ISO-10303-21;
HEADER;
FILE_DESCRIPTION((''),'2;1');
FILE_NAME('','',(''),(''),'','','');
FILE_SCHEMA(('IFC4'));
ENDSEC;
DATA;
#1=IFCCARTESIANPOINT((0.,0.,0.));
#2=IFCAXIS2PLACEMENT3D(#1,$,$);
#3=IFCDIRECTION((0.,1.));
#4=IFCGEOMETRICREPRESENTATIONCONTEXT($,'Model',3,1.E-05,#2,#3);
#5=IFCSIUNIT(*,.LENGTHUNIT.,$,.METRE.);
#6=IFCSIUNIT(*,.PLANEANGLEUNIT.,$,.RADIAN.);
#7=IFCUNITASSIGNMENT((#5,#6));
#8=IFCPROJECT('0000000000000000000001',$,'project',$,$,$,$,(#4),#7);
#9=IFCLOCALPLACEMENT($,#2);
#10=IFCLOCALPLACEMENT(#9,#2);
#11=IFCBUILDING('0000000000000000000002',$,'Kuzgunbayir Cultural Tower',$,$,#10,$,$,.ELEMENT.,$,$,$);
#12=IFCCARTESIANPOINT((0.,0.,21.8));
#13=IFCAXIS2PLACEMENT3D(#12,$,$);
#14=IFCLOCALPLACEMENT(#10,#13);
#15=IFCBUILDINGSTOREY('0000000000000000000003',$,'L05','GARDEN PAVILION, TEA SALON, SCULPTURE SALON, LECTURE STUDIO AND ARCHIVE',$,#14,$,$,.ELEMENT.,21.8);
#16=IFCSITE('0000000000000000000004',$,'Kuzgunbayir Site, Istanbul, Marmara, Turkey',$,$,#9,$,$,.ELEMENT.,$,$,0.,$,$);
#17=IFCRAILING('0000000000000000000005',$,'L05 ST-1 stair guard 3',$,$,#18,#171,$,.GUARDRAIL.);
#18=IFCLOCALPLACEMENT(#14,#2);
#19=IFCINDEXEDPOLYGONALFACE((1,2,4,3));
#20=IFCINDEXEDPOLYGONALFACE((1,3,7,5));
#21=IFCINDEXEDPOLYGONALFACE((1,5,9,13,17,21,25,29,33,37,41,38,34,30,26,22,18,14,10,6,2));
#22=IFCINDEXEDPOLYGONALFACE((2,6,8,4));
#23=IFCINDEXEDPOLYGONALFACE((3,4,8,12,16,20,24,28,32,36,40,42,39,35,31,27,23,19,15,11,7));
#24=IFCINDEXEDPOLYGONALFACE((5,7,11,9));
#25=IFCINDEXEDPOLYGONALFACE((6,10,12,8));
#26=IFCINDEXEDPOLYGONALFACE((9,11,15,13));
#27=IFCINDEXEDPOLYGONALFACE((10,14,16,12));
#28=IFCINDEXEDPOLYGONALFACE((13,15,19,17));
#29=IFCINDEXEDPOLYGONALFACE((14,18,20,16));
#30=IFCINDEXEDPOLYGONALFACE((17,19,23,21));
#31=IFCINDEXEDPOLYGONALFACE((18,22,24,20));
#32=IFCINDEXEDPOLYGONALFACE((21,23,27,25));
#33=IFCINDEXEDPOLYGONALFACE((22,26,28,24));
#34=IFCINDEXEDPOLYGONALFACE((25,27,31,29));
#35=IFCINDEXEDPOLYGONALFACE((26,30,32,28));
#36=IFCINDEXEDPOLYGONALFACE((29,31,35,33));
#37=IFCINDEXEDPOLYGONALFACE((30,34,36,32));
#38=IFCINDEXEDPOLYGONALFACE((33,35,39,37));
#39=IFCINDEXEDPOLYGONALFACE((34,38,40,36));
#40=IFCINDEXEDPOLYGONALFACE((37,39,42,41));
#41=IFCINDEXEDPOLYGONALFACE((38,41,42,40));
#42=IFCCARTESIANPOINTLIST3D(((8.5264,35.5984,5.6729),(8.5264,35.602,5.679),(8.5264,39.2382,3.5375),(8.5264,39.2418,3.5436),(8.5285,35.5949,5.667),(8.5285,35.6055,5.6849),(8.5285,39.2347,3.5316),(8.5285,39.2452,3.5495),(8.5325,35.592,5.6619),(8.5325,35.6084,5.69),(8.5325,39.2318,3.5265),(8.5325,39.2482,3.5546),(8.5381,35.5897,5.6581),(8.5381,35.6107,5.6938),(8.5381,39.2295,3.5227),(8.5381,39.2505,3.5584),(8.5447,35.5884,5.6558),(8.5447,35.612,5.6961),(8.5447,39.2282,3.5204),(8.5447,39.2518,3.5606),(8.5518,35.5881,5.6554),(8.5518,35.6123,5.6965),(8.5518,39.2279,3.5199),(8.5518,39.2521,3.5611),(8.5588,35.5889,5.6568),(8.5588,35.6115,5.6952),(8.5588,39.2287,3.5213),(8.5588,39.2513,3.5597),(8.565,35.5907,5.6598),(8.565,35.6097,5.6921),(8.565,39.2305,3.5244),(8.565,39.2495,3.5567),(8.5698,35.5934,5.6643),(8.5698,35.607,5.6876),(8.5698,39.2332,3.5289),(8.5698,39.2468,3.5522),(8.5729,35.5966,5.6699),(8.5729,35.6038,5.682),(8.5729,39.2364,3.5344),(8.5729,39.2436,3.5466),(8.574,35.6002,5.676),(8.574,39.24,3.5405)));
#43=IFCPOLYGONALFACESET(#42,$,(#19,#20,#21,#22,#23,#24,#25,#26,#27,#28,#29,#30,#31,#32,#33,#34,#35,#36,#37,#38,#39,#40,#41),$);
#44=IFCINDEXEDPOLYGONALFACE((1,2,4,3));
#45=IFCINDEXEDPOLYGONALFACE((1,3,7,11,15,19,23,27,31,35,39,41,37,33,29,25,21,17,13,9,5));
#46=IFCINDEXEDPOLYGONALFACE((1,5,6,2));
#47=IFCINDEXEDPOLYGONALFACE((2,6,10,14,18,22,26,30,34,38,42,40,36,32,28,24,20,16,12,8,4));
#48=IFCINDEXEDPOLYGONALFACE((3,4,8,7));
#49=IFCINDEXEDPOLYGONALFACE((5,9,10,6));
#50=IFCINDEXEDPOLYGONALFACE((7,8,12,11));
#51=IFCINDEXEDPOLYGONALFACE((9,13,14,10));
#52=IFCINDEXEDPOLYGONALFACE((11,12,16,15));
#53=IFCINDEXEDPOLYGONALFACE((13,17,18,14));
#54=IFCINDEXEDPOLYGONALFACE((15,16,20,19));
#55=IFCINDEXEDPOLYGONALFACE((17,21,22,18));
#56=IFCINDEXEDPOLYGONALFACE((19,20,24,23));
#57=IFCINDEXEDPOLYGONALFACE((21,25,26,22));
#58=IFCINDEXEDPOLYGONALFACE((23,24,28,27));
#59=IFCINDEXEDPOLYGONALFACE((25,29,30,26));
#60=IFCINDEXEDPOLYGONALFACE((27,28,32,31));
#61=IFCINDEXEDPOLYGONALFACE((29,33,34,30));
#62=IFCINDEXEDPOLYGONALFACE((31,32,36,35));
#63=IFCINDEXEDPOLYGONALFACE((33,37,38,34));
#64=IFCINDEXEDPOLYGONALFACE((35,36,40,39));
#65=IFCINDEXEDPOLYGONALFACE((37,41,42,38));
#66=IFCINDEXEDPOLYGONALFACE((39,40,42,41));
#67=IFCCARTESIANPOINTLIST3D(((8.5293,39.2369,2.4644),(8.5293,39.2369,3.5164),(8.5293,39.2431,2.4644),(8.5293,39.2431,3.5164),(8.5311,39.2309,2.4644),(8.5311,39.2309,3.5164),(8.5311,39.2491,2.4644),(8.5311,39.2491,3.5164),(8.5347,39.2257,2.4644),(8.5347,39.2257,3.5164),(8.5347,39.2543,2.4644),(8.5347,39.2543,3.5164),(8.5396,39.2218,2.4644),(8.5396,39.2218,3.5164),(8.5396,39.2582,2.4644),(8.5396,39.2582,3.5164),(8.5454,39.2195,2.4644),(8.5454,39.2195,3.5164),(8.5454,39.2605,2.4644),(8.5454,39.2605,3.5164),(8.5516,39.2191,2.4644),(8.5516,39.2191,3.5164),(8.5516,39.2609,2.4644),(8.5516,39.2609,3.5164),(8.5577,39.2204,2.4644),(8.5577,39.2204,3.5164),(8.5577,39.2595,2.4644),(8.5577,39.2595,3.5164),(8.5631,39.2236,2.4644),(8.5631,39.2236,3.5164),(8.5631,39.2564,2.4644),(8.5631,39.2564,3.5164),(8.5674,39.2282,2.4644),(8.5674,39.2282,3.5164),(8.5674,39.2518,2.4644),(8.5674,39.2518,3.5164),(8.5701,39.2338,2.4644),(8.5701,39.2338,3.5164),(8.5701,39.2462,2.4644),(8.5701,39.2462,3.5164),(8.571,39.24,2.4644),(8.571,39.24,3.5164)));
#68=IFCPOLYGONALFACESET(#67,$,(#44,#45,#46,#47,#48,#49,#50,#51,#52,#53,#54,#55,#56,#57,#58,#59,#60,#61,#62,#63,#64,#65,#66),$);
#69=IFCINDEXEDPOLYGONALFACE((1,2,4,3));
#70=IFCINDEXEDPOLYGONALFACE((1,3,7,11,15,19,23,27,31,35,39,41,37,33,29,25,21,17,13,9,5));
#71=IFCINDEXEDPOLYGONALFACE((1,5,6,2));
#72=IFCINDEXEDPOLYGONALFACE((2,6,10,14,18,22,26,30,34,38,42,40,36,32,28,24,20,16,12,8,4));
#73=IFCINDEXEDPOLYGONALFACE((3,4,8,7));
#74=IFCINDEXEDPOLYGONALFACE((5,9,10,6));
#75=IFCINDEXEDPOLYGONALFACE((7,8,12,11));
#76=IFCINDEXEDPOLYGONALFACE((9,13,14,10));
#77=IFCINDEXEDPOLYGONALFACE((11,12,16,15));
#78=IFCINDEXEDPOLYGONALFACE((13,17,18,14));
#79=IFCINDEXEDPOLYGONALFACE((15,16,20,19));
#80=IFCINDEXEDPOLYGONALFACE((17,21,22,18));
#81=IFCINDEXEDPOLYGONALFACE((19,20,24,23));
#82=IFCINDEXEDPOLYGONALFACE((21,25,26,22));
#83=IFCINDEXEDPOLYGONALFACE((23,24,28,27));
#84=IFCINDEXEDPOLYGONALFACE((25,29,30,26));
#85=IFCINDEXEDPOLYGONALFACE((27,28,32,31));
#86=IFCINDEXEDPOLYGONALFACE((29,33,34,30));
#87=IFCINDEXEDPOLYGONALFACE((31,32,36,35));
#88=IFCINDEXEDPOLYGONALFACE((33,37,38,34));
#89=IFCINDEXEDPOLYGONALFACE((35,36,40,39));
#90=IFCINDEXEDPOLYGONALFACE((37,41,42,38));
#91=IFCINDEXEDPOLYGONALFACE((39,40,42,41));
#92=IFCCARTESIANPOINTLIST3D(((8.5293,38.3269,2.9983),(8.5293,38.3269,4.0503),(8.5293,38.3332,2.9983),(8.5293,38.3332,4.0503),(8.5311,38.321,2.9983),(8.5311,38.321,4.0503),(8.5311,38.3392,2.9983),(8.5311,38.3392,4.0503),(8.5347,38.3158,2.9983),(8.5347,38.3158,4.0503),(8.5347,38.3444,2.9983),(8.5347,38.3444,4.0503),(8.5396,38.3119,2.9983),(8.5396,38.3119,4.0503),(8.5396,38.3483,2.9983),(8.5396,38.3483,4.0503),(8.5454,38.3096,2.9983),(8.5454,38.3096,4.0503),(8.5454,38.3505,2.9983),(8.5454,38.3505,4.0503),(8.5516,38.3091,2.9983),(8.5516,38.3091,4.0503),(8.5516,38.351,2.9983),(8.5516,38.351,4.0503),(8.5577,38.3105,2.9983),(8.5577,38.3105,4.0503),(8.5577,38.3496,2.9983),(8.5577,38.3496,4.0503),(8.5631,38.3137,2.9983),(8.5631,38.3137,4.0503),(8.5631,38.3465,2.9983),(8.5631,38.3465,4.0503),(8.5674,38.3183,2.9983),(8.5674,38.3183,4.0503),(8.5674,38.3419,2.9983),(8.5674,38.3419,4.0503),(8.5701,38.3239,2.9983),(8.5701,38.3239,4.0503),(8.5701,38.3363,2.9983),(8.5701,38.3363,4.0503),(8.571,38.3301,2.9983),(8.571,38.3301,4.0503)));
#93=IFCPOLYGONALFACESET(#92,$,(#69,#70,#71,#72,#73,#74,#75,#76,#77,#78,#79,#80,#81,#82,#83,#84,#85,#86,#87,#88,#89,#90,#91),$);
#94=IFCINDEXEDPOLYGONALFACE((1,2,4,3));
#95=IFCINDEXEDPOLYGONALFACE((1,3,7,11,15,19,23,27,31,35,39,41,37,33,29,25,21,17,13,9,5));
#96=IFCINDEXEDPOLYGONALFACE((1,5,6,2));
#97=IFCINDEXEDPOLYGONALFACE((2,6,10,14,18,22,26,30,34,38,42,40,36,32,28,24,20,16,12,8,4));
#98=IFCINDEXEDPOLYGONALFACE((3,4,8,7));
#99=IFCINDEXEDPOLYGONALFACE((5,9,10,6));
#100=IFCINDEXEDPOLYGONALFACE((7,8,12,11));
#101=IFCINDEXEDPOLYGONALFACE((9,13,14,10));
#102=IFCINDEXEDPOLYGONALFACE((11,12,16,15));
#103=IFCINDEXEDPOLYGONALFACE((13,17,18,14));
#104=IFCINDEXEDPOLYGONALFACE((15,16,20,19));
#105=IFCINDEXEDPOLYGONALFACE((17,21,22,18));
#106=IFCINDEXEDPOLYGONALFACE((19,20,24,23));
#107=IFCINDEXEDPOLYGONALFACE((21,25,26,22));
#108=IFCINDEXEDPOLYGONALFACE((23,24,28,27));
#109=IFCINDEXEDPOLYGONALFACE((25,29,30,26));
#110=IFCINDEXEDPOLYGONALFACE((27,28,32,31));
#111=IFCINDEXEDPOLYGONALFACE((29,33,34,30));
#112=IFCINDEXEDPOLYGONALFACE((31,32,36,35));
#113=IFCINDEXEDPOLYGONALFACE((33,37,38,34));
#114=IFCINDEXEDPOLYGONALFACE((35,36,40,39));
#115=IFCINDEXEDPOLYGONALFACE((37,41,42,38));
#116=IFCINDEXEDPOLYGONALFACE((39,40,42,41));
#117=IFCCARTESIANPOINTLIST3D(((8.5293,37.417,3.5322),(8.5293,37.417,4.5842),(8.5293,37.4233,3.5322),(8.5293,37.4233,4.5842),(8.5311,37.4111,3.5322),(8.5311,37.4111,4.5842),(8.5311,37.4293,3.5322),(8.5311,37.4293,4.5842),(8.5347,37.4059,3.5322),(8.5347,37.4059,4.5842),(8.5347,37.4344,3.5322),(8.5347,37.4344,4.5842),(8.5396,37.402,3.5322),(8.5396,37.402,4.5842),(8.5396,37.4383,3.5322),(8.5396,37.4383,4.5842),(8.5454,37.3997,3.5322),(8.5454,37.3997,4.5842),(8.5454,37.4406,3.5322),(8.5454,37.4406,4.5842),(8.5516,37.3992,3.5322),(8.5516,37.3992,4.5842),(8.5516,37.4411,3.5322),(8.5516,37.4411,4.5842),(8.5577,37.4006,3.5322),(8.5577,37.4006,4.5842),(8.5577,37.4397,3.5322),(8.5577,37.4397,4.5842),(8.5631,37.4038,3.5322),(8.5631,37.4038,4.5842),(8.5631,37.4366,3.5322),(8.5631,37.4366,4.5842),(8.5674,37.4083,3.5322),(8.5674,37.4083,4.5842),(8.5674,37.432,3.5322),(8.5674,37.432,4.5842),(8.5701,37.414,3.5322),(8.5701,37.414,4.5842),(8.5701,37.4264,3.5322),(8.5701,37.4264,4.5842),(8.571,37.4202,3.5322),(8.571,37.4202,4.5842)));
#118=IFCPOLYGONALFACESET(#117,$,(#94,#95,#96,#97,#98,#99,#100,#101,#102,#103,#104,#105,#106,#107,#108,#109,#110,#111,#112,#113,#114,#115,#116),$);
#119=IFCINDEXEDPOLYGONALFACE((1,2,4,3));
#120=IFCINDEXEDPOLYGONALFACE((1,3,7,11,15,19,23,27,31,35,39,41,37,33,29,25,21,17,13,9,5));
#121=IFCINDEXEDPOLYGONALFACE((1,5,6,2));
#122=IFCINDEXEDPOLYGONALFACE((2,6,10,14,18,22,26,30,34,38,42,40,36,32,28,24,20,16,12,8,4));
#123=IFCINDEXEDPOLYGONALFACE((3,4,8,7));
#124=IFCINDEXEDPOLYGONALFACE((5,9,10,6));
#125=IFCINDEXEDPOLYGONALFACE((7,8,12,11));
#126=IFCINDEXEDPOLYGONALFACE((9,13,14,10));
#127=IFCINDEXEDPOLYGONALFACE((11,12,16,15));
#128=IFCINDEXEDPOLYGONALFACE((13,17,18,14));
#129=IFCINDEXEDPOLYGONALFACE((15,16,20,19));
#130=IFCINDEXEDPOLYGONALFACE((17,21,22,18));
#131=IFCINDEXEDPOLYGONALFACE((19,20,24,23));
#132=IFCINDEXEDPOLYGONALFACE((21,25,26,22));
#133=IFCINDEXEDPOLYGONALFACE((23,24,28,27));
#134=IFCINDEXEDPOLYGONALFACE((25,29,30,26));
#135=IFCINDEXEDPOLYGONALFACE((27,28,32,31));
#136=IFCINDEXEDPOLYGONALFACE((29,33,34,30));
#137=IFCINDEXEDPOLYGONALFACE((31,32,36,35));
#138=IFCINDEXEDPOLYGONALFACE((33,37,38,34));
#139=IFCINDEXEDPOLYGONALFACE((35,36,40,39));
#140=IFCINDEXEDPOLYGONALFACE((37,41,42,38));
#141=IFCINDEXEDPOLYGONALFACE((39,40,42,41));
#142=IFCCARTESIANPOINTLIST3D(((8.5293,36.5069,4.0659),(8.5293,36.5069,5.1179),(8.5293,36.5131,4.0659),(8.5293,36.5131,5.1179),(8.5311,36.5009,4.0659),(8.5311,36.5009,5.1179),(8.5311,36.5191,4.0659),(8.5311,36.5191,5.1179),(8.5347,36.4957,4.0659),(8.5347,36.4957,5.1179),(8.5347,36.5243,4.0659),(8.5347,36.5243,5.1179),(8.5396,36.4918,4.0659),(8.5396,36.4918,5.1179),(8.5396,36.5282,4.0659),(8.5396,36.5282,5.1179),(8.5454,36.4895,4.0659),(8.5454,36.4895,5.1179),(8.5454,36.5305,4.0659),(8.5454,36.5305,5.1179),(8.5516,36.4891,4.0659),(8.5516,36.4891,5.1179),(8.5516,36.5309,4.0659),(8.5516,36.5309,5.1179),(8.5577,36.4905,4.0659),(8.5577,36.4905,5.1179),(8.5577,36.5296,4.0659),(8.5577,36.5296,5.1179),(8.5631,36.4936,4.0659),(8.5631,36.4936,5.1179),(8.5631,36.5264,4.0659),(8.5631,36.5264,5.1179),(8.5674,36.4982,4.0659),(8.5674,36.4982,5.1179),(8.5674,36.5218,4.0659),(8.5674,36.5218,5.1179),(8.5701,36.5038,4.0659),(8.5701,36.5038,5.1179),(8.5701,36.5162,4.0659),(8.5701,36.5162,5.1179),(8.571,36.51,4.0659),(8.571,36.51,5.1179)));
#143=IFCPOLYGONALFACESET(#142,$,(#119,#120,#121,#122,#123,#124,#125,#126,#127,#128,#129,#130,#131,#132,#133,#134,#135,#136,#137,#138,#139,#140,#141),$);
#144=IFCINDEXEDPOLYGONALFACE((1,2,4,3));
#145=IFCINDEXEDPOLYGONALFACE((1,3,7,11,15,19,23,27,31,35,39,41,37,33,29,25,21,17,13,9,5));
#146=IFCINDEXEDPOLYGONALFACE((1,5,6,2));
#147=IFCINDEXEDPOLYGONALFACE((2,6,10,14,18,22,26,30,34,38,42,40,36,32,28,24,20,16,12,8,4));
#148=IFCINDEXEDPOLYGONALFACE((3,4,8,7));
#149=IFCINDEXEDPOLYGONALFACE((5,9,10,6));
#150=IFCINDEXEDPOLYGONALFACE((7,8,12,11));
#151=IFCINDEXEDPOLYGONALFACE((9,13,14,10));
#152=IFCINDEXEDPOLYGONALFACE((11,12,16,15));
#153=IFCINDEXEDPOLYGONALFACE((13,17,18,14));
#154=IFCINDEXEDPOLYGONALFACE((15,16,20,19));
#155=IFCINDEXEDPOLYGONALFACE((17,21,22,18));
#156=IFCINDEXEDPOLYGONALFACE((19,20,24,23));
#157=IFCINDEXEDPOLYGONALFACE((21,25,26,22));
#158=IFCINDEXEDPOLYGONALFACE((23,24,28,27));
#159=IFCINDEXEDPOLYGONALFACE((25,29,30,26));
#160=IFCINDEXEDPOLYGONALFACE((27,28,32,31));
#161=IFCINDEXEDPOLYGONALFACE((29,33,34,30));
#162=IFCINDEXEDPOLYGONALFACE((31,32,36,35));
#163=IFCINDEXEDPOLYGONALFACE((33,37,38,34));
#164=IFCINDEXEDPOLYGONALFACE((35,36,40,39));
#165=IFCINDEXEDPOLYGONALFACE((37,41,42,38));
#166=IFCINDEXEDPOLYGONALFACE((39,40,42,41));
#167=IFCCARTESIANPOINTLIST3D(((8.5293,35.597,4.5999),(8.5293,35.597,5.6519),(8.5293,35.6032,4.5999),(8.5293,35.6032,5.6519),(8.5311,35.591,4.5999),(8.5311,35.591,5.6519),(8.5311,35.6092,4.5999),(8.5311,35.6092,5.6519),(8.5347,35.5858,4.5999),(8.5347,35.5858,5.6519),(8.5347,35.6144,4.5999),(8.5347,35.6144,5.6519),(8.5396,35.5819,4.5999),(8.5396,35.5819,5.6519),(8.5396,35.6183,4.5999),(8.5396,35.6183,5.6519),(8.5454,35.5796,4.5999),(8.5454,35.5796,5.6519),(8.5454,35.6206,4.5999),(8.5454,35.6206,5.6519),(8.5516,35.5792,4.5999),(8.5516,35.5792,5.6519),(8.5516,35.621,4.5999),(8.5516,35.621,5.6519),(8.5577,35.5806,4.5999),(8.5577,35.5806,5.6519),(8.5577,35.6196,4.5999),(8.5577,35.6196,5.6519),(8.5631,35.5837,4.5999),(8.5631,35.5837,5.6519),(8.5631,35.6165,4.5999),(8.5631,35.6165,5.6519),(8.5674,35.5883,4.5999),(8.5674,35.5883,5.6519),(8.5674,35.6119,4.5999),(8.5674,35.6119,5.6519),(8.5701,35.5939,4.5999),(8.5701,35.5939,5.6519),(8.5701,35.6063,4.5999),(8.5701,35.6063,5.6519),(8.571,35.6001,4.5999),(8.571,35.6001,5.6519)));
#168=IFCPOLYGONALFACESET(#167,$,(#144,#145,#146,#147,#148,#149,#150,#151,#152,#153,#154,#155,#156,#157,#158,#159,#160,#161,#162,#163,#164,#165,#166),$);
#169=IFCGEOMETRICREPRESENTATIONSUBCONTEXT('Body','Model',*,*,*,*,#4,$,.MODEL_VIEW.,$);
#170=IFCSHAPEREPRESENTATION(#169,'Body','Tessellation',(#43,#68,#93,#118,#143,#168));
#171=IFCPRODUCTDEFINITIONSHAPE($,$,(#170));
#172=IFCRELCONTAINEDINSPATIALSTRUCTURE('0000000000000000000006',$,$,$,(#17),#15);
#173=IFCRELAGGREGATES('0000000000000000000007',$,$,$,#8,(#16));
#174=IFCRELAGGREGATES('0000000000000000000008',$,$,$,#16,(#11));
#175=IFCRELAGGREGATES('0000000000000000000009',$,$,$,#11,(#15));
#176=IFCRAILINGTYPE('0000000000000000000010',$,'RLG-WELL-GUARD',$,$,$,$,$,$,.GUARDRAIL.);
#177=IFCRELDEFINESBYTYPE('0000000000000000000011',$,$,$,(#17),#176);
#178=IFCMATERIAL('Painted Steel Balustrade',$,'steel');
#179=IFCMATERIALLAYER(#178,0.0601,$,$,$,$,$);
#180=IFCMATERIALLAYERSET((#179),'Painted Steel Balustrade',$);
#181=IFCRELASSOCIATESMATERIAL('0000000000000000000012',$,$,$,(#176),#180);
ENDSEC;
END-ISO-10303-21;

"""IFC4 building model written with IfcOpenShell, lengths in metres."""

from ifc_helpers import new_model, si_unit, direction, frame, origin, origin_2d, place, context, subcontext, project, spatial, circle, extrude, material, layer, layer_set, type_object, element, save


model = new_model("IFC4")

# Units and contexts
model_context = context("Model", 3, precision=1e-05, world=origin(), true_north=direction((0.0, 1.0)))
body_context = subcontext(model_context, "Body", "Model", "MODEL_VIEW")
ifc_project = project(units=[si_unit("LENGTHUNIT", "METRE"), si_unit("PLANEANGLEUNIT", "RADIAN")], contexts=[model_context])

# Site, building, storey
site_placement = place(None, origin())
site = spatial("IfcSite", under=ifc_project, at=site_placement, Name="Kuzgunbayir Site, Istanbul, Marmara, Turkey", CompositionType="ELEMENT", RefElevation=0.0)
building_placement = place(site_placement, origin())
building = spatial("IfcBuilding", under=site, at=building_placement, Name="Kuzgunbayir Cultural Tower", CompositionType="ELEMENT")
storey_placement = place(building_placement, frame((0.0, 0.0, 21.8)))
storey = spatial("IfcBuildingStorey", under=building, at=storey_placement, Name="L05", Description="GARDEN PAVILION, TEA SALON, SCULPTURE SALON, LECTURE STUDIO AND ARCHIVE", CompositionType="ELEMENT", Elevation=21.8)

# Railing
ifc_material_1 = material(Name="Painted Steel Balustrade", Category="steel")
ifc_layer_1 = layer(ifc_material_1, 0.0601)
ifc_layer_set_1 = layer_set([ifc_layer_1], Name="Painted Steel Balustrade")
railing_type_1 = type_object("IfcRailingType", Name="RLG-WELL-GUARD", PredefinedType="GUARDRAIL", material=ifc_layer_set_1)
railing_1_placement = place(storey_placement, frame((8.55, 39.24, 2.4644)))
element("IfcRailing", 1, at=railing_1_placement, inside=storey, type_object=railing_type_1, Name="L05 ST-1 stair guard 3", PredefinedType="GUARDRAIL", context=body_context, shape_type="SweptSolid", body=[
    extrude(circle(Radius=0.0239, at=origin_2d()), frame((0.0, 0.0, 1.0762), z_axis=(0.0, -0.862515, 0.506031), x_axis=(1.0, 0.0, 0.0)), (0.0, 0.0, 1.0), 4.22),
    extrude(circle(Radius=0.021, at=origin_2d()), origin(), (0.0, 0.0, 1.0), 1.052),
    extrude(circle(Radius=0.021, at=origin_2d()), frame((0.0, -0.9099, 0.5339)), (0.0, 0.0, 1.0), 1.052),
    extrude(circle(Radius=0.021, at=origin_2d()), frame((0.0, -1.8198, 1.0679)), (0.0, 0.0, 1.0), 1.052),
    extrude(circle(Radius=0.021, at=origin_2d()), frame((0.0, -2.73, 1.6016)), (0.0, 0.0, 1.0), 1.052),
    extrude(circle(Radius=0.021, at=origin_2d()), frame((0.0, -3.6399, 2.1355)), (0.0, 0.0, 1.0), 1.052),
])

save(model, "model.ifc")
